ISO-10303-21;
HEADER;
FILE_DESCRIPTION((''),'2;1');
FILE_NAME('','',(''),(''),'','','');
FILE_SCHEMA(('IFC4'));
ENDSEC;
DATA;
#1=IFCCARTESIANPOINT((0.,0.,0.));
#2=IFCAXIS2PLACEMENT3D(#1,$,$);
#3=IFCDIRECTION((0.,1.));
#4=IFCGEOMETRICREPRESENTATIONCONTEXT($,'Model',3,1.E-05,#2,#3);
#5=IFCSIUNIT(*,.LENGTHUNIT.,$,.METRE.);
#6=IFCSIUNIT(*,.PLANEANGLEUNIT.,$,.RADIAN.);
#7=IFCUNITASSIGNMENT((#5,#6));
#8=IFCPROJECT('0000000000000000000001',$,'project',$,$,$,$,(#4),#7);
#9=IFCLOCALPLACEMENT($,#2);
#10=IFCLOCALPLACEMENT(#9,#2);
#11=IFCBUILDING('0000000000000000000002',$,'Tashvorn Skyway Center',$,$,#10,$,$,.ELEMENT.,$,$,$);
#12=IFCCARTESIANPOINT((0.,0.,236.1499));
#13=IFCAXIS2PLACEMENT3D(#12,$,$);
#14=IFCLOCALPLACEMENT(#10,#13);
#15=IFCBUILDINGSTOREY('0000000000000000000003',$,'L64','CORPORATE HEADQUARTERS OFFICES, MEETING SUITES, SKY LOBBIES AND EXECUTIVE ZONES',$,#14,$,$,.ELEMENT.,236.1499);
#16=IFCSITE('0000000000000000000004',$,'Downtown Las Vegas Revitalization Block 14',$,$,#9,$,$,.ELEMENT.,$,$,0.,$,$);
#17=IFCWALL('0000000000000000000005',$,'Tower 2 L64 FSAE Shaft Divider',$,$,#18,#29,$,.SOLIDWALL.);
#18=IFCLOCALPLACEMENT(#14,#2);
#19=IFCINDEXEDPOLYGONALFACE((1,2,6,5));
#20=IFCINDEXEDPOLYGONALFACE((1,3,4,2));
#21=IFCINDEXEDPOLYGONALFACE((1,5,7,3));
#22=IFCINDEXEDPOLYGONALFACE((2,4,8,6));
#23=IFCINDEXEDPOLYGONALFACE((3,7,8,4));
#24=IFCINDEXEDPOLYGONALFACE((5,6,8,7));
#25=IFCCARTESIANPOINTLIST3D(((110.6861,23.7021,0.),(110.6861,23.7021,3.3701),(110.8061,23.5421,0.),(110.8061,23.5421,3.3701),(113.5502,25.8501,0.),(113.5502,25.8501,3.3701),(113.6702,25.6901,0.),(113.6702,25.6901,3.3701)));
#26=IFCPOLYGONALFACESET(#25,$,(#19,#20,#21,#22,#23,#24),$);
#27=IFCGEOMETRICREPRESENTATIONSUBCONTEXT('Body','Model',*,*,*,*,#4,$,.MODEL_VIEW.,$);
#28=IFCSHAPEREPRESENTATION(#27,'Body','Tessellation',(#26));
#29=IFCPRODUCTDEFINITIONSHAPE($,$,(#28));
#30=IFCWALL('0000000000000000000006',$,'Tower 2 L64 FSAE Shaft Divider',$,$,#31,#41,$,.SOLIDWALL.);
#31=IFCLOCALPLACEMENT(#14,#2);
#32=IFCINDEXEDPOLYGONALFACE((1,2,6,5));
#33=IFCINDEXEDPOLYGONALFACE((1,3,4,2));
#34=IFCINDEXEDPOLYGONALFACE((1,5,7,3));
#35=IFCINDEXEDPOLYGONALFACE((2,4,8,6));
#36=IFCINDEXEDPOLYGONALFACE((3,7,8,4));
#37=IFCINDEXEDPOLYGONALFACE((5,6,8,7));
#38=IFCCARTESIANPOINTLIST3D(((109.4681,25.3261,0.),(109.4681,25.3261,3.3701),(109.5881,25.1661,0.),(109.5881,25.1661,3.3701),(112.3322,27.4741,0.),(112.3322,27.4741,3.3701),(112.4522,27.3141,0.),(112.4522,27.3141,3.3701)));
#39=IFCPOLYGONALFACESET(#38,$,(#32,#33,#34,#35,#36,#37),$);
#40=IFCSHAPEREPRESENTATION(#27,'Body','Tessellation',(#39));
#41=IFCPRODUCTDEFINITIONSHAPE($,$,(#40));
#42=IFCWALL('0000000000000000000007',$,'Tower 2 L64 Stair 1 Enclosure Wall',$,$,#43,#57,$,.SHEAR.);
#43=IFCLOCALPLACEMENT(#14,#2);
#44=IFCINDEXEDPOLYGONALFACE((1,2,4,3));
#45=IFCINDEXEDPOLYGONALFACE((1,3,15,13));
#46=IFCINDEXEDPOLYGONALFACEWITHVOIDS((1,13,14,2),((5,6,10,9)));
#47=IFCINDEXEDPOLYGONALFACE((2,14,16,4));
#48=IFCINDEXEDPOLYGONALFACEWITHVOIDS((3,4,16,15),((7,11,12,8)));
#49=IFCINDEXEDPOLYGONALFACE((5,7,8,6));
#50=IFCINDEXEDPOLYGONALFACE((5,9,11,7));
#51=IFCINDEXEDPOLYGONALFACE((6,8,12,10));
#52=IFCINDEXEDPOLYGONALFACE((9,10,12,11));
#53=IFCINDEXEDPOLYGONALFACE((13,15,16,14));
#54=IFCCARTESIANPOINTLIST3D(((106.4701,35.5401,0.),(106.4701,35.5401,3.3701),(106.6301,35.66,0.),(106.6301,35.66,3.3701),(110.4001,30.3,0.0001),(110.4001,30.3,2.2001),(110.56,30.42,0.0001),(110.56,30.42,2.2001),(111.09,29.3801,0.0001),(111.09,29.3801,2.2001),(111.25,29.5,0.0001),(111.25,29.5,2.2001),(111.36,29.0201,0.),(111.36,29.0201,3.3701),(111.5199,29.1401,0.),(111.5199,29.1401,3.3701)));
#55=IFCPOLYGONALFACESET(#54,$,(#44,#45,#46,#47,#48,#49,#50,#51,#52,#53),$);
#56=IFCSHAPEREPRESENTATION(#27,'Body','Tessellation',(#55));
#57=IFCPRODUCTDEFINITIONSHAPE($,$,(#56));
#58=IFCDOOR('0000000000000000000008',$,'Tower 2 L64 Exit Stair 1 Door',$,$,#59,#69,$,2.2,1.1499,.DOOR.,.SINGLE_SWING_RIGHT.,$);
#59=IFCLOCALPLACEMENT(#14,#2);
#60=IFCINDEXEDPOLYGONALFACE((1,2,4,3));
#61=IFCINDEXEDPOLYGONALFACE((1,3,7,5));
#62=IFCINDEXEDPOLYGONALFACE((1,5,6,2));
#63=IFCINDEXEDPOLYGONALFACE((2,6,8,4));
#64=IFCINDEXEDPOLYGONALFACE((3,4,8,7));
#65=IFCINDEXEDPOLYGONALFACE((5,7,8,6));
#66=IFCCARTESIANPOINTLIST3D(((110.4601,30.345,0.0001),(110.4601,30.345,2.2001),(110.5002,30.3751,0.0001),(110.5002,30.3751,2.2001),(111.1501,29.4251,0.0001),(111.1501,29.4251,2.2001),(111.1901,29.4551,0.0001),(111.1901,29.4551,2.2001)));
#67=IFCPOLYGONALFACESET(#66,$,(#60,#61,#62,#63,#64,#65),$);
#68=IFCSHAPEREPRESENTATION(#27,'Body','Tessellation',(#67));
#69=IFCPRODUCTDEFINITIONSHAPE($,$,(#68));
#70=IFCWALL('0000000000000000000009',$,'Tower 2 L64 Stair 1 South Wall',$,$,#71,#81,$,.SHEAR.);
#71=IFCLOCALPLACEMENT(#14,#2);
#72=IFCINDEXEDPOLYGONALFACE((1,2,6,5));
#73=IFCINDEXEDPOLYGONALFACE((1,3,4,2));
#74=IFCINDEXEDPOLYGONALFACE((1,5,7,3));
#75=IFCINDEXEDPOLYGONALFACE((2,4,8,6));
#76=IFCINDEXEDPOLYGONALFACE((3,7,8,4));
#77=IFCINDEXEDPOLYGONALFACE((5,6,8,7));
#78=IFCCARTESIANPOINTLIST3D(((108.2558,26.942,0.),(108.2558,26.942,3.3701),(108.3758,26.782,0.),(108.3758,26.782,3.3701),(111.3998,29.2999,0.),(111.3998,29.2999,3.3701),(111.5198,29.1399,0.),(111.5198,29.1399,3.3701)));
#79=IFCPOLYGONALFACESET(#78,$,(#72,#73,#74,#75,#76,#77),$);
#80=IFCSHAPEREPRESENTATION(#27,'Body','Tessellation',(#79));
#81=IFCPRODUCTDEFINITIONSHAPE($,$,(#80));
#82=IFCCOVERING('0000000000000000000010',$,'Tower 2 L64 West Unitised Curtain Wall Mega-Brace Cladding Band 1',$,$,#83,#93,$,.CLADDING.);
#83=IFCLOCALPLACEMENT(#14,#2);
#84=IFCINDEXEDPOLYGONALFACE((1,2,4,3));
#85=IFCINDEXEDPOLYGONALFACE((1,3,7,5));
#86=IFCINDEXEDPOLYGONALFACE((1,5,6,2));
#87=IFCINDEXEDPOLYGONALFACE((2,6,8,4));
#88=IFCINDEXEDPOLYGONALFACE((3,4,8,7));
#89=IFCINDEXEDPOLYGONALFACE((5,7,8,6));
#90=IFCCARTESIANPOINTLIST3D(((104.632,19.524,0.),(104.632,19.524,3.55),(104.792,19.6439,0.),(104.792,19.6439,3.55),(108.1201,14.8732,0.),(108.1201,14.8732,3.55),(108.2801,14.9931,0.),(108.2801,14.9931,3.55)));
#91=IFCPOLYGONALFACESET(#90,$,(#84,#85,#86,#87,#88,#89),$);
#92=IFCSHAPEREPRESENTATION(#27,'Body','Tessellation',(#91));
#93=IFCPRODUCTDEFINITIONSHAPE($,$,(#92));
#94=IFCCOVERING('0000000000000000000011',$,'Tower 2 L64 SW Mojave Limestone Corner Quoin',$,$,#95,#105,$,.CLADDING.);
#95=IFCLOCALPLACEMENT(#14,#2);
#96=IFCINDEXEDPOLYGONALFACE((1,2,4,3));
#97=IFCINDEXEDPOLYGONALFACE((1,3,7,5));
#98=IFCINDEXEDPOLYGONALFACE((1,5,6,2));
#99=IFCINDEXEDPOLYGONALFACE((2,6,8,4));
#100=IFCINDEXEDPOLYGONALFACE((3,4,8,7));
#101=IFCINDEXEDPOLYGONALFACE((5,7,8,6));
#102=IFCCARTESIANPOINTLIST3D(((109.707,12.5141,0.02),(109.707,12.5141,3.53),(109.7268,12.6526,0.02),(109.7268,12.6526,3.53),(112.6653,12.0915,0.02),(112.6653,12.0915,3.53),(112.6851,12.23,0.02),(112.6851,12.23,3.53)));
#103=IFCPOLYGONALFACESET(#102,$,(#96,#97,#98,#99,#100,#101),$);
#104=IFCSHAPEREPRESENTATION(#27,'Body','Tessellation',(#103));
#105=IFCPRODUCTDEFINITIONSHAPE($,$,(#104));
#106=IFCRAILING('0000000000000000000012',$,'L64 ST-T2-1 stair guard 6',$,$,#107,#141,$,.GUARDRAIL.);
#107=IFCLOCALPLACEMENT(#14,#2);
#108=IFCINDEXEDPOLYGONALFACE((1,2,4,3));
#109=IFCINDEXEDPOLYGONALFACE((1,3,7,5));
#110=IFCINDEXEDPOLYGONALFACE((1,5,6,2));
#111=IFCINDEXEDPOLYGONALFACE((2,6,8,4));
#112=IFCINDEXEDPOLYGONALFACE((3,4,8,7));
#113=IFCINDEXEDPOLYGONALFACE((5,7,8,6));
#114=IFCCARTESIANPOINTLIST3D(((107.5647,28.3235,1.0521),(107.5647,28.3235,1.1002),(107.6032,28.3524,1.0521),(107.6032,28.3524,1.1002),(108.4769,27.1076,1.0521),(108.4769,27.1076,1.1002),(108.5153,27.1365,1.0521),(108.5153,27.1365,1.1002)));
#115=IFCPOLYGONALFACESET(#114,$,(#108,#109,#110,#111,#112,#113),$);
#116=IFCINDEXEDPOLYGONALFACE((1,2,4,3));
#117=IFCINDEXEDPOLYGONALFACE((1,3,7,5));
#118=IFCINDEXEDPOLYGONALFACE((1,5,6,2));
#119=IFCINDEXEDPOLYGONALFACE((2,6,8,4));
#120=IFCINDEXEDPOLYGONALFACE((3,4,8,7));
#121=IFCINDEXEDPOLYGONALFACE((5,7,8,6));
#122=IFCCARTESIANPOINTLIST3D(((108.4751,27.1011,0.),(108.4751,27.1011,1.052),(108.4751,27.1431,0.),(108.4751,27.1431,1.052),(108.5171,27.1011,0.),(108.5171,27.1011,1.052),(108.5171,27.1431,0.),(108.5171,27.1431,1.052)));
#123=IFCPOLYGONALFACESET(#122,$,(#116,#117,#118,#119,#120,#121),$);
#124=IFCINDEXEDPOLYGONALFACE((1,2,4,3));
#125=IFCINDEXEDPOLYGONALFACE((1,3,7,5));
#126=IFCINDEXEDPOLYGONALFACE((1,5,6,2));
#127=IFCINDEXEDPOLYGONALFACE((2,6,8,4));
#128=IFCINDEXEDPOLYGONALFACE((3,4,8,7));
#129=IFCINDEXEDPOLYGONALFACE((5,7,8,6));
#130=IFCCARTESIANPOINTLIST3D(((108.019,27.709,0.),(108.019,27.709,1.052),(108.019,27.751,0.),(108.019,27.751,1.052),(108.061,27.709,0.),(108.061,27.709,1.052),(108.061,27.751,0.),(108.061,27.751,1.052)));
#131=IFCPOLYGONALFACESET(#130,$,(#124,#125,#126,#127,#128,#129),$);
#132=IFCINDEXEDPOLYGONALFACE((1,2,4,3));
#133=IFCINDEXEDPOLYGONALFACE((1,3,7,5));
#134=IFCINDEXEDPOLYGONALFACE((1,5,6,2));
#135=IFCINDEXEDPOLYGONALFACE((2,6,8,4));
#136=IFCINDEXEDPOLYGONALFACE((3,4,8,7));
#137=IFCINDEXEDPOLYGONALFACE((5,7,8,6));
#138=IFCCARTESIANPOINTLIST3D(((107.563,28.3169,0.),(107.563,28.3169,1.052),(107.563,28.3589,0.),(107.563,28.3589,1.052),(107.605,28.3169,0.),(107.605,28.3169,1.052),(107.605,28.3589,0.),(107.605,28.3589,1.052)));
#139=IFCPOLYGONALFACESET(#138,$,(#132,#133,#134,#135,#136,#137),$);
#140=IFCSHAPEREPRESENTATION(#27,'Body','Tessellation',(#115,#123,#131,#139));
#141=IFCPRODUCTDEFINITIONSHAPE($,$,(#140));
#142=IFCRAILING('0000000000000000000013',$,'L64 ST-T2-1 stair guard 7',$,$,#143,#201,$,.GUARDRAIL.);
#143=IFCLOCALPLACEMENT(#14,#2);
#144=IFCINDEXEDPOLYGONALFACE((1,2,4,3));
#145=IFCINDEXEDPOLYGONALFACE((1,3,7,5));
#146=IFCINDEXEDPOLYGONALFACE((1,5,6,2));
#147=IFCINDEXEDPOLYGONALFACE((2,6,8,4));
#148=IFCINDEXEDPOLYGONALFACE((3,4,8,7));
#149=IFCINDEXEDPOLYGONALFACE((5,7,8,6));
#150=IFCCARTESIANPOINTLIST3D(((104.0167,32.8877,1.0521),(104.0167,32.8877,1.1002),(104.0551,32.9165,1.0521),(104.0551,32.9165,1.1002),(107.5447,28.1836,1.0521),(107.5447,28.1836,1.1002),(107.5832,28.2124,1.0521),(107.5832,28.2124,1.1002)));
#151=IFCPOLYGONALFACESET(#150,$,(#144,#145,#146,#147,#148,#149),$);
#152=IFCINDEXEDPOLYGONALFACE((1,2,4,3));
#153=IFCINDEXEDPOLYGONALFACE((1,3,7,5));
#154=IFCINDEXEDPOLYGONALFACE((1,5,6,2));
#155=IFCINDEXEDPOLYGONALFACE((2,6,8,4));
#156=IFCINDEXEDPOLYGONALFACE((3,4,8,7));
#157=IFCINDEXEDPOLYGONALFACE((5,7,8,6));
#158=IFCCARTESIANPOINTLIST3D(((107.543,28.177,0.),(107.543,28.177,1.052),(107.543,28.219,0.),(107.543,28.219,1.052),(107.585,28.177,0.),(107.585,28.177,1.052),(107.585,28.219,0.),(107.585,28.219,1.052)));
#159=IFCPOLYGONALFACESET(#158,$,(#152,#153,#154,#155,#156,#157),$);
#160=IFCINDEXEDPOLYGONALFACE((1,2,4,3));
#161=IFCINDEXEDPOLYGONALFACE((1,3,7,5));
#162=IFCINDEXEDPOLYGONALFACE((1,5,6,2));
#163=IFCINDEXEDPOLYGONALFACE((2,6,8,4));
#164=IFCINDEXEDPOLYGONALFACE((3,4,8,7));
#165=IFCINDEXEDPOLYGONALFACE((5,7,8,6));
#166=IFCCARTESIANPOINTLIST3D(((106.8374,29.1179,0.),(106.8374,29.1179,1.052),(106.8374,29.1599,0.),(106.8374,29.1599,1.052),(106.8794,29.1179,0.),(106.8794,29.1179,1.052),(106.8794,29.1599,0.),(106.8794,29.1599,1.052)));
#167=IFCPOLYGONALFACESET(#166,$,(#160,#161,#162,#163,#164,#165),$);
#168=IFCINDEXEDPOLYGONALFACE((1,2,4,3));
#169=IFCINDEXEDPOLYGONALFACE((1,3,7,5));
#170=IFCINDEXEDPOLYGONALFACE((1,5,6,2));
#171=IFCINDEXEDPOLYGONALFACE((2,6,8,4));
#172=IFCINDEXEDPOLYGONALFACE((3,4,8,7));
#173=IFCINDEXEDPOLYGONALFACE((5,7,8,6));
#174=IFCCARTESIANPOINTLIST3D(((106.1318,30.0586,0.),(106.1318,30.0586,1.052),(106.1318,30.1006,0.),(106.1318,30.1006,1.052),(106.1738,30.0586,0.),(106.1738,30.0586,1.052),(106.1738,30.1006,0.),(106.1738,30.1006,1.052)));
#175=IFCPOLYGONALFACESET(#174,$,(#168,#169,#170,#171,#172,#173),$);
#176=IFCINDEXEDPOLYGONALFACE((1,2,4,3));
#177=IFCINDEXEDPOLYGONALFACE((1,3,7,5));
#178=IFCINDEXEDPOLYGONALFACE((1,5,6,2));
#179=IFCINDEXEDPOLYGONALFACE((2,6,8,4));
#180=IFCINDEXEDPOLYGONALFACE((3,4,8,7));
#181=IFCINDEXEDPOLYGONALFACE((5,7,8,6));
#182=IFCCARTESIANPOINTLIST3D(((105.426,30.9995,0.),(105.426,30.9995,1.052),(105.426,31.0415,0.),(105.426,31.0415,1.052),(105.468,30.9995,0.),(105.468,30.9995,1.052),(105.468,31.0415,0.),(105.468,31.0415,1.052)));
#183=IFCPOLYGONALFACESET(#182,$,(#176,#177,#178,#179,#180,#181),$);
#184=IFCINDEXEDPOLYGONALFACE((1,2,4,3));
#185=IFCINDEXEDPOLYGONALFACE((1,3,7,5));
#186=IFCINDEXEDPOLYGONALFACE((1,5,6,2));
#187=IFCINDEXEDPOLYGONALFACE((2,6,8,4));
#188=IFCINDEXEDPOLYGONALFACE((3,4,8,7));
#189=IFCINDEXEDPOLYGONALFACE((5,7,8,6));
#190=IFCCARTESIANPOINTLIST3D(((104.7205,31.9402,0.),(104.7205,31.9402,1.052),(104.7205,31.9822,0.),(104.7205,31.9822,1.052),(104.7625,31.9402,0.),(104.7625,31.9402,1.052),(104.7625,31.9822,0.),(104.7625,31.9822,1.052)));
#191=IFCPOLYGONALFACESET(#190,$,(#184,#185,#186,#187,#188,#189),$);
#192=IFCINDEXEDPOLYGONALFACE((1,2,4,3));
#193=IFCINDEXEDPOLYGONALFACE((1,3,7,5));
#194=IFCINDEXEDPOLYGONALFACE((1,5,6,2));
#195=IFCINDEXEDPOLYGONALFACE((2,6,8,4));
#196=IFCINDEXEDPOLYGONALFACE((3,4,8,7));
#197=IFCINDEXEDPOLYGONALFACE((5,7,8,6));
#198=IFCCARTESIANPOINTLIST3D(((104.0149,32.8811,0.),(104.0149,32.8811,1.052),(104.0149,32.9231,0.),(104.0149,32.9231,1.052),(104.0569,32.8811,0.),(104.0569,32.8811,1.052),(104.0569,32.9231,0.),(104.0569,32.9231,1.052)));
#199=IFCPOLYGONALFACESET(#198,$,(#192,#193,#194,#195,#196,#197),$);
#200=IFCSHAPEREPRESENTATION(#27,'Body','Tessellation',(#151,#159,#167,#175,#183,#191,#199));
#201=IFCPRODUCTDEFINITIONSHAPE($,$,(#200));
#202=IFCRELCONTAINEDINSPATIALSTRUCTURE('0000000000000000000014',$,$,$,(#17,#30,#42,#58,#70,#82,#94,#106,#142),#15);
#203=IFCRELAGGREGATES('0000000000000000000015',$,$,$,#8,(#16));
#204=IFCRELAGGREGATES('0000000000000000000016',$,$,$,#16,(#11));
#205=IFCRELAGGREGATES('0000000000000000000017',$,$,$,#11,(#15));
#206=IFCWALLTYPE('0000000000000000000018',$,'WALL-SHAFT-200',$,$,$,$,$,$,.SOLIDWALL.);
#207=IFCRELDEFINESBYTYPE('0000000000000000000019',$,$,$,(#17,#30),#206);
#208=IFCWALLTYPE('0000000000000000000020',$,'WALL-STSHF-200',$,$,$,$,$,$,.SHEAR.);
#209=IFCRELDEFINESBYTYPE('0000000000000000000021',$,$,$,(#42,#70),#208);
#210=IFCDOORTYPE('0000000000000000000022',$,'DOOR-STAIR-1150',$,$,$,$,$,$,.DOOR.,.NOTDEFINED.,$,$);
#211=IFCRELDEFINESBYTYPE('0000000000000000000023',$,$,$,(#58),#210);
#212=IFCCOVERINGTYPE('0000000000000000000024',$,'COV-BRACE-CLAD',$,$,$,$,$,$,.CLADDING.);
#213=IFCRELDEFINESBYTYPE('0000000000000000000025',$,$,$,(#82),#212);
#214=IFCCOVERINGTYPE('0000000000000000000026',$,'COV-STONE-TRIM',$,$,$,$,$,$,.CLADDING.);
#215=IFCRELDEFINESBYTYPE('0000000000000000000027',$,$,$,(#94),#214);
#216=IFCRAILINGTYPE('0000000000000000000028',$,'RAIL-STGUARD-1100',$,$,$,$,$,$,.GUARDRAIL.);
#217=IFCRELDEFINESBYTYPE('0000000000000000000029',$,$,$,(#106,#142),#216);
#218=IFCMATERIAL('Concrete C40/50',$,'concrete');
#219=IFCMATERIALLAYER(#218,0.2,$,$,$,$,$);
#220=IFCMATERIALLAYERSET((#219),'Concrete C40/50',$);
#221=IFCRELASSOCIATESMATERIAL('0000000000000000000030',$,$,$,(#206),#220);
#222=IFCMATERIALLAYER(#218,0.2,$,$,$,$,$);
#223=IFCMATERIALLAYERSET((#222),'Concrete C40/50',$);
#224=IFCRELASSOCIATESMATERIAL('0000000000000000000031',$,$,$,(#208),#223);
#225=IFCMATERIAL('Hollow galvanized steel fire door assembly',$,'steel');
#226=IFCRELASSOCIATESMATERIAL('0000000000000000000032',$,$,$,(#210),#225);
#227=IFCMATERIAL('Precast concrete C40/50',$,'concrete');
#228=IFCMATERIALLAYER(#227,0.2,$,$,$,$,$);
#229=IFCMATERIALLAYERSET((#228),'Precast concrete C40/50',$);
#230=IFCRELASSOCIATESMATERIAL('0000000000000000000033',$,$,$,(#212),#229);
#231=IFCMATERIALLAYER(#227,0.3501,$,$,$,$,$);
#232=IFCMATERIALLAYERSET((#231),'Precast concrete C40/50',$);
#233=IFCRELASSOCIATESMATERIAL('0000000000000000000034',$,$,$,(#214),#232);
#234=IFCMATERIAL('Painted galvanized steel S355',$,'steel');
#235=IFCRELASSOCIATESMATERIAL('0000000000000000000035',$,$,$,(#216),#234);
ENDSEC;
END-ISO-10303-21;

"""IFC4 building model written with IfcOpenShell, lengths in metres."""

from ifc_helpers import new_model, si_unit, direction, frame, frame_2d, origin, origin_2d, place, context, subcontext, project, spatial, rectangle, extrude, material, layer, layer_set, type_object, element, fill, save


model = new_model("IFC4")

# Units and contexts
model_context = context("Model", 3, precision=1e-05, world=origin(), true_north=direction((0.0, 1.0)))
body_context = subcontext(model_context, "Body", "Model", "MODEL_VIEW")
ifc_project = project(units=[si_unit("LENGTHUNIT", "METRE"), si_unit("PLANEANGLEUNIT", "RADIAN")], contexts=[model_context])

# Site, building, storey
site_placement = place(None, origin())
site = spatial("IfcSite", under=ifc_project, at=site_placement, Name="Downtown Las Vegas Revitalization Block 14", CompositionType="ELEMENT", RefElevation=0.0)
building_placement = place(site_placement, origin())
building = spatial("IfcBuilding", under=site, at=building_placement, Name="Tashvorn Skyway Center", CompositionType="ELEMENT")
storey_placement = place(building_placement, frame((0.0, 0.0, 236.1499)))
storey = spatial("IfcBuildingStorey", under=building, at=storey_placement, Name="L64", Description="CORPORATE HEADQUARTERS OFFICES, MEETING SUITES, SKY LOBBIES AND EXECUTIVE ZONES", CompositionType="ELEMENT", Elevation=236.1499)

# Shared definitions
ifc_material_1 = material(Name="Precast concrete C40/50", Category="concrete")

# Walls
ifc_material_2 = material(Name="Concrete C40/50", Category="concrete")
ifc_layer_1 = layer(ifc_material_2, 0.2)
ifc_layer_set_1 = layer_set([ifc_layer_1], Name="Concrete C40/50")
wall_type_1 = type_object("IfcWallType", Name="WALL-SHAFT-200", PredefinedType="SOLIDWALL", material=ifc_layer_set_1)
for number, where, z_axis, x_axis, name in (
    (1, (110.7461, 23.6221, 0.0), (0.0, 0.0, 1.0), (0.800008, 0.599989, 0.0), "Tower 2 L64 FSAE Shaft Divider"),
    (2, (109.5281, 25.2461, 0.0), (0.0, 0.0, 1.0), (0.800008, 0.599989, 0.0), "Tower 2 L64 FSAE Shaft Divider"),
):
    element("IfcWall", number, at=place(storey_placement, frame(where, z_axis=z_axis, x_axis=x_axis)), inside=storey, type_object=wall_type_1, Name=name, PredefinedType="SOLIDWALL", context=body_context, shape_type="SweptSolid", body=[
        extrude(rectangle(XDim=3.5801, YDim=0.2, at=frame_2d((1.79, 0.0))), origin(), (0.0, 0.0, 1.0), 3.3701),
    ])

# Wall, opening, door
ifc_layer_2 = layer(ifc_material_2, 0.2)
ifc_layer_set_2 = layer_set([ifc_layer_2], Name="Concrete C40/50")
wall_type_2 = type_object("IfcWallType", Name="WALL-STSHF-200", PredefinedType="SHEAR", material=ifc_layer_set_2)
wall_1_placement = place(storey_placement, frame((111.4399, 29.0801, 0.0), z_axis=(0.0, 0.0, 1.0), x_axis=(-0.59999, 0.800007, 0.0)))
wall_1 = element("IfcWall", 3, at=wall_1_placement, inside=storey, type_object=wall_type_2, Name="Tower 2 L64 Stair 1 Enclosure Wall", PredefinedType="SHEAR", context=body_context, shape_type="SweptSolid", body=[
    extrude(rectangle(XDim=8.1499, YDim=0.2, at=frame_2d((4.075, 0.0))), origin(), (0.0, 0.0, 1.0), 3.3701),
])
opening_1_placement = place(wall_1_placement, frame((0.45, 0.0, 0.0)))
opening_1 = element("IfcOpeningElement", 4, at=opening_1_placement, cuts=wall_1, PredefinedType="OPENING", context=body_context, shape_type="SweptSolid", body=[
    extrude(rectangle(XDim=1.1499, YDim=2.2, at=frame_2d((0.575, 1.1001))), frame((0.0, 0.1099, 0.0), z_axis=(0.0, -1.0, 0.0), x_axis=(1.0, 0.0, 0.0)), (0.0, 0.0, 1.0), 0.22),
])
ifc_material_3 = material(Name="Hollow galvanized steel fire door assembly", Category="steel")
door_type_1 = type_object("IfcDoorType", Name="DOOR-STAIR-1150", OperationType="NOTDEFINED", PredefinedType="DOOR", material=ifc_material_3)
door_1_placement = place(opening_1_placement, origin())
door_1 = element("IfcDoor", 5, at=door_1_placement, inside=storey, type_object=door_type_1, Name="Tower 2 L64 Exit Stair 1 Door", OperationType="SINGLE_SWING_RIGHT", OverallHeight=2.2, OverallWidth=1.1499, PredefinedType="DOOR", context=body_context, shape_type="SweptSolid", body=[
    extrude(rectangle(XDim=1.1499, YDim=2.2, at=frame_2d((0.575, 1.1001))), frame((0.0, 0.0249, 0.0), z_axis=(0.0, -1.0, 0.0), x_axis=(1.0, 0.0, 0.0)), (0.0, 0.0, 1.0), 0.05),
])
fill(opening_1, door_1)

# Wall
wall_2_placement = place(storey_placement, frame((108.3159, 26.8621, 0.0), z_axis=(0.0, 0.0, 1.0), x_axis=(0.800015, 0.59998, 0.0)))
element("IfcWall", 6, at=wall_2_placement, inside=storey, type_object=wall_type_2, Name="Tower 2 L64 Stair 1 South Wall", PredefinedType="SHEAR", context=body_context, shape_type="SweptSolid", body=[
    extrude(rectangle(XDim=3.9299, YDim=0.2, at=frame_2d((1.9648, 0.0))), origin(), (0.0, 0.0, 1.0), 3.3701),
])

# Coverings
ifc_layer_3 = layer(ifc_material_1, 0.2)
ifc_layer_set_3 = layer_set([ifc_layer_3], Name="Precast concrete C40/50")
covering_type_1 = type_object("IfcCoveringType", Name="COV-BRACE-CLAD", PredefinedType="CLADDING", material=ifc_layer_set_3)
covering_1_placement = place(storey_placement, frame((106.4561, 17.2585, 0.0), z_axis=(0.0, 0.0, 1.0), x_axis=(-0.6, 0.8, 0.0)))
element("IfcCovering", 7, at=covering_1_placement, inside=storey, type_object=covering_type_1, Name="Tower 2 L64 West Unitised Curtain Wall Mega-Brace Cladding Band 1", PredefinedType="CLADDING", context=body_context, shape_type="SweptSolid", body=[
    extrude(rectangle(XDim=5.8135, YDim=0.2, at=origin_2d()), origin(), (0.0, 0.0, 1.0), 3.55),
])
ifc_layer_4 = layer(ifc_material_1, 0.3501)
ifc_layer_set_4 = layer_set([ifc_layer_4], Name="Precast concrete C40/50")
covering_type_2 = type_object("IfcCoveringType", Name="COV-STONE-TRIM", PredefinedType="CLADDING", material=ifc_layer_set_4)
covering_2_placement = place(storey_placement, frame((111.196, 12.3721, 0.02), z_axis=(0.0, 0.0, 1.0), x_axis=(-0.989949, 0.141421, 0.0)))
element("IfcCovering", 8, at=covering_2_placement, inside=storey, type_object=covering_type_2, Name="Tower 2 L64 SW Mojave Limestone Corner Quoin", PredefinedType="CLADDING", context=body_context, shape_type="SweptSolid", body=[
    extrude(rectangle(XDim=2.9883, YDim=0.1399, at=origin_2d()), origin(), (0.0, 0.0, 1.0), 3.51),
])

# Railings
ifc_material_4 = material(Name="Painted galvanized steel S355", Category="steel")
railing_type = type_object("IfcRailingType", Name="RAIL-STGUARD-1100", PredefinedType="GUARDRAIL", material=ifc_material_4)
railing_1_placement = place(storey_placement, frame((108.4961, 27.1221, 0.0)))
element("IfcRailing", 9, at=railing_1_placement, inside=storey, type_object=railing_type, Name="L64 ST-T2-1 stair guard 6", PredefinedType="GUARDRAIL", context=body_context, shape_type="SweptSolid", body=[
    extrude(rectangle(XDim=0.0481, YDim=0.0481, at=origin_2d()), frame((0.0, 0.0, 1.0762), z_axis=(-0.600103, 0.799923, 0.0), x_axis=(-0.799923, -0.600103, 0.0)), (0.0, 0.0, 1.0), 1.52),
    extrude(rectangle(XDim=0.042, YDim=0.042, at=origin_2d()), origin(), (0.0, 0.0, 1.0), 1.052),
    extrude(rectangle(XDim=0.042, YDim=0.042, at=origin_2d()), frame((-0.4561, 0.6079, 0.0)), (0.0, 0.0, 1.0), 1.052),
    extrude(rectangle(XDim=0.042, YDim=0.042, at=origin_2d()), frame((-0.9121, 1.2158, 0.0)), (0.0, 0.0, 1.0), 1.052),
])
railing_2_placement = place(storey_placement, frame((107.564, 28.198, 0.0)))
element("IfcRailing", 10, at=railing_2_placement, inside=storey, type_object=railing_type, Name="L64 ST-T2-1 stair guard 7", PredefinedType="GUARDRAIL", context=body_context, shape_type="SweptSolid", body=[
    extrude(rectangle(XDim=0.0481, YDim=0.0481, at=origin_2d()), frame((0.0, 0.0, 1.0762), z_axis=(-0.6, 0.8, 0.0), x_axis=(-0.8, -0.6, 0.0)), (0.0, 0.0, 1.0), 5.8801),
    extrude(rectangle(XDim=0.042, YDim=0.042, at=origin_2d()), origin(), (0.0, 0.0, 1.0), 1.052),
    extrude(rectangle(XDim=0.042, YDim=0.042, at=origin_2d()), frame((-0.7056, 0.9409, 0.0)), (0.0, 0.0, 1.0), 1.052),
    extrude(rectangle(XDim=0.042, YDim=0.042, at=origin_2d()), frame((-1.4111, 1.8816, 0.0)), (0.0, 0.0, 1.0), 1.052),
    extrude(rectangle(XDim=0.042, YDim=0.042, at=origin_2d()), frame((-2.1169, 2.8225, 0.0)), (0.0, 0.0, 1.0), 1.052),
    extrude(rectangle(XDim=0.042, YDim=0.042, at=origin_2d()), frame((-2.8225, 3.7632, 0.0)), (0.0, 0.0, 1.0), 1.052),
    extrude(rectangle(XDim=0.042, YDim=0.042, at=origin_2d()), frame((-3.5281, 4.7041, 0.0)), (0.0, 0.0, 1.0), 1.052),
])

save(model, "model.ifc")
